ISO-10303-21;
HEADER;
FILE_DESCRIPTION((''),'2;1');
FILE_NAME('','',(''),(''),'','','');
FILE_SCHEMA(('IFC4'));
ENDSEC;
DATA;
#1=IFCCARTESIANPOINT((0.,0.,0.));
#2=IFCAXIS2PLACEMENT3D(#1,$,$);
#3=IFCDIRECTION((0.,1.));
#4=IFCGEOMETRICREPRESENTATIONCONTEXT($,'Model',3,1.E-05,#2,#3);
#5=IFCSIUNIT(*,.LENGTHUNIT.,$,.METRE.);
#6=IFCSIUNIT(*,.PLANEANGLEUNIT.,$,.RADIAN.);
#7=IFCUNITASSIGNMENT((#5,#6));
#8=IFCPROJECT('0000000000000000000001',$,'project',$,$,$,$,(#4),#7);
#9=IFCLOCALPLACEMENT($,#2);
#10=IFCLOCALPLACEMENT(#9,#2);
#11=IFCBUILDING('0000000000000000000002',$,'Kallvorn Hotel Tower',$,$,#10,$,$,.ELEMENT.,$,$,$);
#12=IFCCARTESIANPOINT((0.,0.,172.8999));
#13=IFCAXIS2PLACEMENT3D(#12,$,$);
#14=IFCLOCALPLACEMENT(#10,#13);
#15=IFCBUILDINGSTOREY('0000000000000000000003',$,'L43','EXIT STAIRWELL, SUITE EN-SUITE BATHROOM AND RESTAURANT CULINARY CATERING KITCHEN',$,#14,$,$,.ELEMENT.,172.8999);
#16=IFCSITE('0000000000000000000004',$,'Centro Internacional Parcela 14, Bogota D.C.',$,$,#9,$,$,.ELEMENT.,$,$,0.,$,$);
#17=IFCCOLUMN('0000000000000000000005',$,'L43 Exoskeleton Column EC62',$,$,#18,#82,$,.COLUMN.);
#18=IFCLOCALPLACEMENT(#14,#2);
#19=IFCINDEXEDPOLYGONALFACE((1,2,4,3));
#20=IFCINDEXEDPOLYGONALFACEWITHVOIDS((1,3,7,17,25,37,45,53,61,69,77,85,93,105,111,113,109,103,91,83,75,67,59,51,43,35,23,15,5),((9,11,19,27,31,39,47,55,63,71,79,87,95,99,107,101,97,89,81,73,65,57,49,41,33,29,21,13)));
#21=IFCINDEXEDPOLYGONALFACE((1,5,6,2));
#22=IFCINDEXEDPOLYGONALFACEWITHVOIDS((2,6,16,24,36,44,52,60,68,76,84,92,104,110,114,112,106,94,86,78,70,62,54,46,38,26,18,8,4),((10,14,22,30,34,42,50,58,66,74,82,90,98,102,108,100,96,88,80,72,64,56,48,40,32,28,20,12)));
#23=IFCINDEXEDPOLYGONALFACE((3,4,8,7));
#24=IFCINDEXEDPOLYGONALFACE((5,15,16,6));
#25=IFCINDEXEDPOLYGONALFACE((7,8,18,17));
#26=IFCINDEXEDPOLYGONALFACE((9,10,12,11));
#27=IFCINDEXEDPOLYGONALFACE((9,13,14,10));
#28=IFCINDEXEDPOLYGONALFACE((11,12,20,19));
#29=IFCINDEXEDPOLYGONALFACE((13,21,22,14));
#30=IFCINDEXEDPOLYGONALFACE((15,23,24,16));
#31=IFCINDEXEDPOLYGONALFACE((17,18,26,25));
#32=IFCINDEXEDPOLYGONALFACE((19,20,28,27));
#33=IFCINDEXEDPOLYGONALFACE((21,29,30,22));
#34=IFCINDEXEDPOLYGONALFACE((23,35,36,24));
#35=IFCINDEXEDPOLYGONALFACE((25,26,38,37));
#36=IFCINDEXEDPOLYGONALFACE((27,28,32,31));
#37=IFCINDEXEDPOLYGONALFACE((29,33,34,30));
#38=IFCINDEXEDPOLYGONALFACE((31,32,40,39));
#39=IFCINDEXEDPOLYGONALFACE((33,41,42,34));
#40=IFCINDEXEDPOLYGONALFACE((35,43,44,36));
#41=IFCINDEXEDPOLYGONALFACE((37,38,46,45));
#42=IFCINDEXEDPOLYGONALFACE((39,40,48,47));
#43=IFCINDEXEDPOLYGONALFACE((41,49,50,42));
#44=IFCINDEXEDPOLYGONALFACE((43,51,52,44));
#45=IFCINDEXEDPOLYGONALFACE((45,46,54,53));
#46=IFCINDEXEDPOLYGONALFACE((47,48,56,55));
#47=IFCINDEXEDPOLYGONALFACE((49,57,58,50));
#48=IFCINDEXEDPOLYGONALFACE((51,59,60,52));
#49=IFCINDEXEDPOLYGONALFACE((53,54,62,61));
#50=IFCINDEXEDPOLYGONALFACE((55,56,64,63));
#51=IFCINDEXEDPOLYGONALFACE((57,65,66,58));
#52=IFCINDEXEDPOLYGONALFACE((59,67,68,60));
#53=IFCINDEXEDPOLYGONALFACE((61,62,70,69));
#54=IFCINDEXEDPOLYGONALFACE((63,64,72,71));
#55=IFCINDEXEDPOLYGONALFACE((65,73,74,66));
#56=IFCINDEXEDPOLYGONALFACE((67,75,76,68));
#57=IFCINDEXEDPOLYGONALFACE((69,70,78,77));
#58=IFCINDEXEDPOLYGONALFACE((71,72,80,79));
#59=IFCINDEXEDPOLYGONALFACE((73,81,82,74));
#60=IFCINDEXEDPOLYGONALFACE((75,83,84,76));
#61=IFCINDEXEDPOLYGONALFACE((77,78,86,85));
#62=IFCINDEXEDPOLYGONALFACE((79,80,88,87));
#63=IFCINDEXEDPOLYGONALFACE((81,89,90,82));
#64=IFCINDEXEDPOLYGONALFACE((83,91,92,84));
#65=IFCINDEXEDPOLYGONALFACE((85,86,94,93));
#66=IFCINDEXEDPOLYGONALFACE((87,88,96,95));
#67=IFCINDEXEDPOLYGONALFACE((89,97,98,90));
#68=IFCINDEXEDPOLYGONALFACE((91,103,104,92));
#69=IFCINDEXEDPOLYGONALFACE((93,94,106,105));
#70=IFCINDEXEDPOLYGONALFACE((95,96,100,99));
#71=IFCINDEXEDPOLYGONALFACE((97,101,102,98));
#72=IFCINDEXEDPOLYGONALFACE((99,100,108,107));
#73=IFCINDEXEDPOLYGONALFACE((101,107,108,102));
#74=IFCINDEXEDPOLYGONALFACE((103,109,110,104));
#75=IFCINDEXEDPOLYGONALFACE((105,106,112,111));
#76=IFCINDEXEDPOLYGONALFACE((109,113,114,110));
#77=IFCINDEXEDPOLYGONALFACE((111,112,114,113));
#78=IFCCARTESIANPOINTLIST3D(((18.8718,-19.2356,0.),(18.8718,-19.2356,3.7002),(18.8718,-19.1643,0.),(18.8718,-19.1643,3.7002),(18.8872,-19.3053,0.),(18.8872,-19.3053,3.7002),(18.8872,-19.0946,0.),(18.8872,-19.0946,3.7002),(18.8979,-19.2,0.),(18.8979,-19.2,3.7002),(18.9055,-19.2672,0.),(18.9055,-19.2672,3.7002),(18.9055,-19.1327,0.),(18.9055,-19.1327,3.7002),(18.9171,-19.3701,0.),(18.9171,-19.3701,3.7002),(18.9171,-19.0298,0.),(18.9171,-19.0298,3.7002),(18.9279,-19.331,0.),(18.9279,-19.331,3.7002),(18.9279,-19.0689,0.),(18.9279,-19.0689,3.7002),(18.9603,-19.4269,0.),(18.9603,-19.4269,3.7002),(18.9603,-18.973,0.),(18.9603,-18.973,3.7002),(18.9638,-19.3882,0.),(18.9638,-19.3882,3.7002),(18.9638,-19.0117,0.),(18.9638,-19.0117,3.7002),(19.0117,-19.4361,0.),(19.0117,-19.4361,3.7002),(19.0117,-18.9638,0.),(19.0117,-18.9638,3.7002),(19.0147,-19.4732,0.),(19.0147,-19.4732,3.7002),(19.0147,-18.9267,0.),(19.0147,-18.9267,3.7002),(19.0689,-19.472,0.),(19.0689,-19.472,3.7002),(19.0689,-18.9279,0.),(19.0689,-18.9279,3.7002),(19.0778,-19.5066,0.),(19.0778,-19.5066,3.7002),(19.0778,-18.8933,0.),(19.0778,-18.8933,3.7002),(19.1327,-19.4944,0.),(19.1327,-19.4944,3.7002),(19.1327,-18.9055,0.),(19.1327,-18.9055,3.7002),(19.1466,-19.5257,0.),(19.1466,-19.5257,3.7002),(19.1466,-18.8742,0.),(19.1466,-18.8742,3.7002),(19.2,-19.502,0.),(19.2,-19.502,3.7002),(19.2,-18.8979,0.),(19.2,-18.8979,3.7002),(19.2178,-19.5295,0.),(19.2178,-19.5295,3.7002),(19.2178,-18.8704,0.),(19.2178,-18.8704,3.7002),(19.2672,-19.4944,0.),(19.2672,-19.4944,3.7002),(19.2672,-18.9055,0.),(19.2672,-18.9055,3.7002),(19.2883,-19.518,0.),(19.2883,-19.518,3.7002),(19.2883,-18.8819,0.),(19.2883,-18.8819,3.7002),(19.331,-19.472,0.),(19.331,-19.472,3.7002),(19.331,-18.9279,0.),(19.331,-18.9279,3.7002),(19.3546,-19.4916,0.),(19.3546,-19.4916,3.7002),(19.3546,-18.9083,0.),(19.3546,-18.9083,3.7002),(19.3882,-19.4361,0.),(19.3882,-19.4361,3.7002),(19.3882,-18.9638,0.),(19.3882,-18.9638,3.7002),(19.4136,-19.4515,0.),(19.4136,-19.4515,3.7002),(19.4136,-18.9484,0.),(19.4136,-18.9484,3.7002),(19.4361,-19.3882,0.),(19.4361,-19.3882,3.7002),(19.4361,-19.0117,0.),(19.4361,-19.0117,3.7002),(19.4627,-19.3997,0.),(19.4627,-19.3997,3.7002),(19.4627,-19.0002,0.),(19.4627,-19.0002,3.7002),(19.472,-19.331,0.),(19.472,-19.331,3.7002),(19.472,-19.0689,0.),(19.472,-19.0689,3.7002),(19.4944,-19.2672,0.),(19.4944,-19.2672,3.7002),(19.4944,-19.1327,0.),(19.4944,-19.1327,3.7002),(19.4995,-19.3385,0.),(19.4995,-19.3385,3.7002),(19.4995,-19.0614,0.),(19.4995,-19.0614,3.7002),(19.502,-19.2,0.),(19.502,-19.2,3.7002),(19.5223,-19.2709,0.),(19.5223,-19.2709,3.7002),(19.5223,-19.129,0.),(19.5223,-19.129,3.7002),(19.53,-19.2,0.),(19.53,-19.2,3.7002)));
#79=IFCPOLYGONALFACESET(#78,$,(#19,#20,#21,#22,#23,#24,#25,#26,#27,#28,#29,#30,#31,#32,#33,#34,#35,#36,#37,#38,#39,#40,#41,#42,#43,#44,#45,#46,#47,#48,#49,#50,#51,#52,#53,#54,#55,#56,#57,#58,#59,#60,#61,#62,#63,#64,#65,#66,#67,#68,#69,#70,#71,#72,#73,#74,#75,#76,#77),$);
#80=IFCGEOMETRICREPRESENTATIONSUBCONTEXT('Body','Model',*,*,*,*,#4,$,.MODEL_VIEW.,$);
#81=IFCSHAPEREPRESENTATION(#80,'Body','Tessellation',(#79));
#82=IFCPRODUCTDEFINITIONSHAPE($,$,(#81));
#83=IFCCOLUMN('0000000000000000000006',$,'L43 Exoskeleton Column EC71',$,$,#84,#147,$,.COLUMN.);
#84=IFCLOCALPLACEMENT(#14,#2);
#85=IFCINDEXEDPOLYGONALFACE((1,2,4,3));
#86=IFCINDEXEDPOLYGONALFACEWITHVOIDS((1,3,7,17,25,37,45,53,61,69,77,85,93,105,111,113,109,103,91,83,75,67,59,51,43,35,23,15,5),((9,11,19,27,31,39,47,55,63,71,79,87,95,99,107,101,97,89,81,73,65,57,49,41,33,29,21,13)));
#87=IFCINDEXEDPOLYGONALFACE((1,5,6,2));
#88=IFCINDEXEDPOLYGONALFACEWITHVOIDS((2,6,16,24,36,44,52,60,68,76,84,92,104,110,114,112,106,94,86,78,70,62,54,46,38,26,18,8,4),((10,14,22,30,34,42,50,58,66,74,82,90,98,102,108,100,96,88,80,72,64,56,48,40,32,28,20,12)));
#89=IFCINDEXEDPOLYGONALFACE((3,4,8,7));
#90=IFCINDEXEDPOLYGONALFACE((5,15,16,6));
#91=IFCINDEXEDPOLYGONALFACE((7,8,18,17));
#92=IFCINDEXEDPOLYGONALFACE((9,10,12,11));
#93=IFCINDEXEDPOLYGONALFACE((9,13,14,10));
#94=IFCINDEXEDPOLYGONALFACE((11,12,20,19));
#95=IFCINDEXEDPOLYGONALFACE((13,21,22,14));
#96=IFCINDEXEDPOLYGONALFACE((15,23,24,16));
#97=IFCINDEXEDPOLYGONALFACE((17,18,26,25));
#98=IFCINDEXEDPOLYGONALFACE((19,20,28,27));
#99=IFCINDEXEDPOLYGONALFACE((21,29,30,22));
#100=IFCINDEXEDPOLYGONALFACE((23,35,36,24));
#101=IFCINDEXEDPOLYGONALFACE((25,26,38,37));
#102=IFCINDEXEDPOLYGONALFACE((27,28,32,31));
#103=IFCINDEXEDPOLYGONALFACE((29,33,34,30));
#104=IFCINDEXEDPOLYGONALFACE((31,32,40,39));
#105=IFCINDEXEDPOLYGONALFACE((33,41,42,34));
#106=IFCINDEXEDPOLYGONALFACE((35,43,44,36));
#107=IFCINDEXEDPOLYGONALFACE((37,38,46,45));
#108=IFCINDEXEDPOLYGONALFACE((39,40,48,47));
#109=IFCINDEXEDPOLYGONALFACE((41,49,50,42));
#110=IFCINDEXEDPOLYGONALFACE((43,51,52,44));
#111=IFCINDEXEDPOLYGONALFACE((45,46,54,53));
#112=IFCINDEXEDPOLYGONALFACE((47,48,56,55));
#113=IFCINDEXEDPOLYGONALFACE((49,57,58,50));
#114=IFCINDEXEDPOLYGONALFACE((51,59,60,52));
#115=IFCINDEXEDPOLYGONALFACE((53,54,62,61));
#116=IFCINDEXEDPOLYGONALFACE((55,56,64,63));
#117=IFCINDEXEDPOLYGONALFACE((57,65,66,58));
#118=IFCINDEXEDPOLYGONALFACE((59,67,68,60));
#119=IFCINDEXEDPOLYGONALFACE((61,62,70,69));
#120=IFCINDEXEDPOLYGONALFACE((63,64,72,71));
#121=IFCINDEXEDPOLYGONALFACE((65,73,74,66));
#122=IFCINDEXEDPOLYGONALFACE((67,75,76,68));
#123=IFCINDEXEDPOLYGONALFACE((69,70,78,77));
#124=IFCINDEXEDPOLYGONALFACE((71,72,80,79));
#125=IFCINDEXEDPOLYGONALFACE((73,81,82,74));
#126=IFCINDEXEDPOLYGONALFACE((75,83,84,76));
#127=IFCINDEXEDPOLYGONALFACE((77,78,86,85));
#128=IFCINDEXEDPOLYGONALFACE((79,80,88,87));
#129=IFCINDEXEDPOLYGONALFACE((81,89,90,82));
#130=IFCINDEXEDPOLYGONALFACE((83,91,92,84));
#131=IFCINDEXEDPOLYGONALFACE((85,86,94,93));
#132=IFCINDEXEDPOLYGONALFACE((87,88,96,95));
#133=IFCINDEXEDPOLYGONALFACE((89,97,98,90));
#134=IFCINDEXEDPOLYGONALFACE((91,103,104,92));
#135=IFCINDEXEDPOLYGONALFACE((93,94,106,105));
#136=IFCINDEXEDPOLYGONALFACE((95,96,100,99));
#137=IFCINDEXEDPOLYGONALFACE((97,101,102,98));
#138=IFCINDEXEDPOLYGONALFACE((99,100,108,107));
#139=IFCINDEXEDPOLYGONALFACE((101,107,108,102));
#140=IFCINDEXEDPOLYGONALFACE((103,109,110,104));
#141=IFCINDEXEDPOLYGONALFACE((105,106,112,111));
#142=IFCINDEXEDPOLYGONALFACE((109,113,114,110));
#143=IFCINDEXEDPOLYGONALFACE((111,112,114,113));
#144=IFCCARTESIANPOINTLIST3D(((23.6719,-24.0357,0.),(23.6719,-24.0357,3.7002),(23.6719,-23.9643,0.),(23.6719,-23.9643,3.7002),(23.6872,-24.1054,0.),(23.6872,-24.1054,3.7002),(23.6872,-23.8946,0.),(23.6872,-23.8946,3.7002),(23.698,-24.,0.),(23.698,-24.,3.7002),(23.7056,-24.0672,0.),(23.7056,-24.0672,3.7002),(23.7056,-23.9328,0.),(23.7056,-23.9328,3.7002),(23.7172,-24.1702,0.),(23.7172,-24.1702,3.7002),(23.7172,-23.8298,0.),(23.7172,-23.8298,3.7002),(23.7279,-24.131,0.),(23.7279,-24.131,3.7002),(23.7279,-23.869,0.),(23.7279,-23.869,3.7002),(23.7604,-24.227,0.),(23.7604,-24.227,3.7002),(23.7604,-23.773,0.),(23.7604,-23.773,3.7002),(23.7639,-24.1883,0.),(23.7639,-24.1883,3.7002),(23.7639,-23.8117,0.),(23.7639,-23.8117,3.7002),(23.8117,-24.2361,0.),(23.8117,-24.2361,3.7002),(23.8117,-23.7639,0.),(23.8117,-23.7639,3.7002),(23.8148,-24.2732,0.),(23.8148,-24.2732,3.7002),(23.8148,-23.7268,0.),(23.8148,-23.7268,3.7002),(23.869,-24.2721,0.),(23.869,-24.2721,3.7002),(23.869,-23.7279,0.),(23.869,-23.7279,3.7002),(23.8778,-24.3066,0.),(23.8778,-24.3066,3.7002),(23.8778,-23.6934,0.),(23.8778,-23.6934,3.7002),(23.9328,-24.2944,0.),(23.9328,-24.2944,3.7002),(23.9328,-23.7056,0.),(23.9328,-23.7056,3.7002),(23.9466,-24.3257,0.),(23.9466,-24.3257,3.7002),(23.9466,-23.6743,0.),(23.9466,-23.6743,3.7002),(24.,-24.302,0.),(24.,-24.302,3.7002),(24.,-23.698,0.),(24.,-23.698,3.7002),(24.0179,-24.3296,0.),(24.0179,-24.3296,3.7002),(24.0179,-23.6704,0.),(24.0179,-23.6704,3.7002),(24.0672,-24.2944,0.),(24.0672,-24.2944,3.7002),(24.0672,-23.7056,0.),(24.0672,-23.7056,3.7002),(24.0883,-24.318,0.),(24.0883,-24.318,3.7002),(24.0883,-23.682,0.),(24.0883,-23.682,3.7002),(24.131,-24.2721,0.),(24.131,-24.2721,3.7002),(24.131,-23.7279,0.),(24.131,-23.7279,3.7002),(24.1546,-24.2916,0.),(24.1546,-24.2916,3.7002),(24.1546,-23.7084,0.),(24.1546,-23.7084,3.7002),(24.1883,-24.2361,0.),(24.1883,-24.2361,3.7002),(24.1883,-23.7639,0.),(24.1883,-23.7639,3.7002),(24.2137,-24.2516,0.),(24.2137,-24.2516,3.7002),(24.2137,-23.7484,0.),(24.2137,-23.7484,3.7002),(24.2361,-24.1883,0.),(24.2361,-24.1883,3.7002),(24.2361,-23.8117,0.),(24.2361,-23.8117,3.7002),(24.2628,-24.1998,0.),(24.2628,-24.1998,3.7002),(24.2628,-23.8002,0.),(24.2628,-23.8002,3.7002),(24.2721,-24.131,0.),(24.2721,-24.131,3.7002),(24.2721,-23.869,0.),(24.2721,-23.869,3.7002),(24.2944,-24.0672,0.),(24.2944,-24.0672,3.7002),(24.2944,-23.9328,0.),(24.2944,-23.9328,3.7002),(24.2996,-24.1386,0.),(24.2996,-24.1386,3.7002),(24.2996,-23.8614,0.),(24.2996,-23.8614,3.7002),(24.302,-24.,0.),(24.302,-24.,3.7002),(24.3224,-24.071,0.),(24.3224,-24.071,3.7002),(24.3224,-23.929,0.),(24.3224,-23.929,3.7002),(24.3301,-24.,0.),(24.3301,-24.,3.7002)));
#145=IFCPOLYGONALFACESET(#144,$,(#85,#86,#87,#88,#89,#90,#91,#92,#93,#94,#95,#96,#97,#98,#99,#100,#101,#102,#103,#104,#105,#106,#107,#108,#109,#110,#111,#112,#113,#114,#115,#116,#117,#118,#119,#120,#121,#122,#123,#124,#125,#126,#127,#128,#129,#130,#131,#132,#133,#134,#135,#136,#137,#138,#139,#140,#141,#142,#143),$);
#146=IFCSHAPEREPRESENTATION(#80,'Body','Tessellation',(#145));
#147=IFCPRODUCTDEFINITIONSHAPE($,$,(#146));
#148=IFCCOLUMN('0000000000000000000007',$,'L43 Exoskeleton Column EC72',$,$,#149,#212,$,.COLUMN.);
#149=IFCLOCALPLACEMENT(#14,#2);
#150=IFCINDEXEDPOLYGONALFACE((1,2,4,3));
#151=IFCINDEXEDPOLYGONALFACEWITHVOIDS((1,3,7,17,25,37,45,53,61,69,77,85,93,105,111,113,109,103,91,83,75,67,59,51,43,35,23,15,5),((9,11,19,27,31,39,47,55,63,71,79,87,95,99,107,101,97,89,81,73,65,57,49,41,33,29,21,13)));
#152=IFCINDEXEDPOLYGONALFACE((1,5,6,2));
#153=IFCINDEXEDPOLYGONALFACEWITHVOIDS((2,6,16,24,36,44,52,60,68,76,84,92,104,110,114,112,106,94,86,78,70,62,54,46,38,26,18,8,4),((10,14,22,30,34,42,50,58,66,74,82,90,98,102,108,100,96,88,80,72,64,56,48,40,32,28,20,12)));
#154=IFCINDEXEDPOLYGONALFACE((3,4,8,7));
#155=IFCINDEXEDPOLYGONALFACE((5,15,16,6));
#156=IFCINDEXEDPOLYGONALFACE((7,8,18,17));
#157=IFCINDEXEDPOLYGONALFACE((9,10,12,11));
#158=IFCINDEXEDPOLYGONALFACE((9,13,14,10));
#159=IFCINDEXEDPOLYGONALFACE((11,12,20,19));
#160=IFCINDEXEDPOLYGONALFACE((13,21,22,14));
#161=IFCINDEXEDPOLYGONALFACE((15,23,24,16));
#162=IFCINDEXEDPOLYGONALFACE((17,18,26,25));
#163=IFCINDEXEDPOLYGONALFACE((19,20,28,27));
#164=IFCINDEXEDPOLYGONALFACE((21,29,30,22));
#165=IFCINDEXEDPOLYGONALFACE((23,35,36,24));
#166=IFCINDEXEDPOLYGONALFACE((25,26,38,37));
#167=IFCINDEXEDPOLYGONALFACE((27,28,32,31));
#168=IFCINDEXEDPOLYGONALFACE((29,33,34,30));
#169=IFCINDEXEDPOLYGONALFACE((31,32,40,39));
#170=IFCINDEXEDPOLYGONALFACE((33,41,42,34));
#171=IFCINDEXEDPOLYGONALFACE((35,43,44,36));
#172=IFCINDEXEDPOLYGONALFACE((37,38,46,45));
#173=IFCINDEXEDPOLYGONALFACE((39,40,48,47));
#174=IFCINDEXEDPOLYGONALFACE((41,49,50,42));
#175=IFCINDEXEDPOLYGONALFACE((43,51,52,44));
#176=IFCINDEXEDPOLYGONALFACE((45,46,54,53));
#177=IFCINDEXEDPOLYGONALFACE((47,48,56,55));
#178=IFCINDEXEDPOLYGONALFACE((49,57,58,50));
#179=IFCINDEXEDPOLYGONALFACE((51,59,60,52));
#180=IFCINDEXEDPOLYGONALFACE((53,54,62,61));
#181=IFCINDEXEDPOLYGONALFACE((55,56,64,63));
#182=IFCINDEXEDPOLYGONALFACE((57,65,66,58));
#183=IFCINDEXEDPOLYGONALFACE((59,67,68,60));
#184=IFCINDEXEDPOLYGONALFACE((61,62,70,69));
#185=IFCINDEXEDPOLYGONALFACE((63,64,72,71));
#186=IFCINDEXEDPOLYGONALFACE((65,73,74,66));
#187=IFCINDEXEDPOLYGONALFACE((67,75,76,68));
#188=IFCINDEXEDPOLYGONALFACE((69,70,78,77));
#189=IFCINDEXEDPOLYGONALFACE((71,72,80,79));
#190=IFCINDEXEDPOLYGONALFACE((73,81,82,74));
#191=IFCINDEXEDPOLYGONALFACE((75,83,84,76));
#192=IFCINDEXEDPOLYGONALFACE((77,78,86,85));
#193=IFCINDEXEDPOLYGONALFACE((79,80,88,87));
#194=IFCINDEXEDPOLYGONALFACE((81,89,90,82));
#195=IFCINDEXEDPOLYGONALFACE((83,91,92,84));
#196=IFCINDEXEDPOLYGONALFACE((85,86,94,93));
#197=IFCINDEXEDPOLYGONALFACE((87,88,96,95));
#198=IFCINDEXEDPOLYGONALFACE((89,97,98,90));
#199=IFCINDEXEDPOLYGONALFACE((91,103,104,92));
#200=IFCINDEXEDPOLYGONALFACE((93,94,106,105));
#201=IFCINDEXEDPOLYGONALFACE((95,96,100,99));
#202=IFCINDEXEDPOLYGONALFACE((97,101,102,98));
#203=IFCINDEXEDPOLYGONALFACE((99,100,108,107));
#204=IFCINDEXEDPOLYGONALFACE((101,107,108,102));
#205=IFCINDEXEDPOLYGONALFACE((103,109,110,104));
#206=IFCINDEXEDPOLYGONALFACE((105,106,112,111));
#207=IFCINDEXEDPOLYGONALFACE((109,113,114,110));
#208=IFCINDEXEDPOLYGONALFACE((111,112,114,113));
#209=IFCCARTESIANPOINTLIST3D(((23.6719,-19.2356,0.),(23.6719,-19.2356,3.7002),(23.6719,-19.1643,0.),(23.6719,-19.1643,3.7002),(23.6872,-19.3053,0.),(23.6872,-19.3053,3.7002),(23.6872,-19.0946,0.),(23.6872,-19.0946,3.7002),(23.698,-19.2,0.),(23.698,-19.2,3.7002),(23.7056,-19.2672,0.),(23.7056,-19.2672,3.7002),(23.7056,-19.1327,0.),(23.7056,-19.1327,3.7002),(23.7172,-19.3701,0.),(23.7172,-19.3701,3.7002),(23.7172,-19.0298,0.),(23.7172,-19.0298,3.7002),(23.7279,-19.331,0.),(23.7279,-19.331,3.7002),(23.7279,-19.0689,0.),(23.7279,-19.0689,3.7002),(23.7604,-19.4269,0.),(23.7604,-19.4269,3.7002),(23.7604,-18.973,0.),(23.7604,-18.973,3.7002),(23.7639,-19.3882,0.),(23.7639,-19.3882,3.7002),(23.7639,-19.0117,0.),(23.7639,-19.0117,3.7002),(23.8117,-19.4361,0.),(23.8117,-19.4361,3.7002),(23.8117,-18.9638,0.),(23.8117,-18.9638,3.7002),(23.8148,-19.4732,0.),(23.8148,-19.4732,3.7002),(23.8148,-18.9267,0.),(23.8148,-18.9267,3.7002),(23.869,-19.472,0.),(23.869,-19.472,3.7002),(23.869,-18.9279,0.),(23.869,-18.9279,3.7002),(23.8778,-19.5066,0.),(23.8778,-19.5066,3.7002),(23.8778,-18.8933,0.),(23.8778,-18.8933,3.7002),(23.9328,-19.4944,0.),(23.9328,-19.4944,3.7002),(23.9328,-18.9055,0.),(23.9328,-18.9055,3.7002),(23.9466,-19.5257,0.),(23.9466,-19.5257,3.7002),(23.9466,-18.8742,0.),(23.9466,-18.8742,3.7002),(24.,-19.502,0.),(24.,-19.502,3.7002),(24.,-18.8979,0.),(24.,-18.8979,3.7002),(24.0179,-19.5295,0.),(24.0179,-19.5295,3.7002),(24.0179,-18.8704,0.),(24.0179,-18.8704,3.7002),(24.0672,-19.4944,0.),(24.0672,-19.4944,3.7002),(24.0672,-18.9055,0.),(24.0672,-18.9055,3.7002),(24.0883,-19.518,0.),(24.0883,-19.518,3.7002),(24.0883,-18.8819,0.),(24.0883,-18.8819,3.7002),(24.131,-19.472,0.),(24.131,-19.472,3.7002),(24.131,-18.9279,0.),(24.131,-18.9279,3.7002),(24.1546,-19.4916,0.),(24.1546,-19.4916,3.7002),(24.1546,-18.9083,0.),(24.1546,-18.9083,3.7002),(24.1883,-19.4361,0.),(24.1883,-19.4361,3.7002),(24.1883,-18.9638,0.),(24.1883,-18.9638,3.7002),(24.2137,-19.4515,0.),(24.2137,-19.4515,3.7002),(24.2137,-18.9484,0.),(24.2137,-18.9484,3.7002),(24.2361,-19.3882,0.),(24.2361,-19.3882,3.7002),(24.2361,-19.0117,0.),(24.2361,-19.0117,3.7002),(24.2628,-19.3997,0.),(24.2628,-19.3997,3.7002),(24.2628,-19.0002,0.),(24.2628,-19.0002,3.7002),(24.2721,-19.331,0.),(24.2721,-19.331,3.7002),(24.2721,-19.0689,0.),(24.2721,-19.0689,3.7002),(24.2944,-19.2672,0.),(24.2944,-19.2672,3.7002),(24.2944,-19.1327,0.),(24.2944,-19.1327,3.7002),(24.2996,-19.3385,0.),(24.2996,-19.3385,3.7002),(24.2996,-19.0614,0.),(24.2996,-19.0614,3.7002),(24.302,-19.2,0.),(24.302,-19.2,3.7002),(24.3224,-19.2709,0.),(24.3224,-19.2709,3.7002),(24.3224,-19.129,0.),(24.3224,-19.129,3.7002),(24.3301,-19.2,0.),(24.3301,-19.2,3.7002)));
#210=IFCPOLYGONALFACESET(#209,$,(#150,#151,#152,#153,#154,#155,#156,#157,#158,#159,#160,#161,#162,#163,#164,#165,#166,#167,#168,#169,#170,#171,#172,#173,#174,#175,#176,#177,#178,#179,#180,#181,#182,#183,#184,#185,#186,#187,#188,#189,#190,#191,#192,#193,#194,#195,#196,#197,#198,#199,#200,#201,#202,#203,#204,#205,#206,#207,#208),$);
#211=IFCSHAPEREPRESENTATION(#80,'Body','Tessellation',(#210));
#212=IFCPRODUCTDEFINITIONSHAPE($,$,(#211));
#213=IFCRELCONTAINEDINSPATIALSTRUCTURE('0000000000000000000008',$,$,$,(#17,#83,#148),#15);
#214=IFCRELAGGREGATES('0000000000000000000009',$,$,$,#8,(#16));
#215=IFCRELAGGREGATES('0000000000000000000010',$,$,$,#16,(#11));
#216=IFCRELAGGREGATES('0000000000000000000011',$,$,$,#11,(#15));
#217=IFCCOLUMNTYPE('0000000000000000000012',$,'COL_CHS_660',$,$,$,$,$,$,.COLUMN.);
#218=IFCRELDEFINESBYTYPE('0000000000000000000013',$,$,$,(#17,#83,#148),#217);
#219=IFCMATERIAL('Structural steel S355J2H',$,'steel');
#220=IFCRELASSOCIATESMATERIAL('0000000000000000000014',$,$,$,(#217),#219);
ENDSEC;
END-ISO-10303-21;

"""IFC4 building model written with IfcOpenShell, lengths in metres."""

from ifc_helpers import new_model, si_unit, direction, frame, origin, origin_2d, place, context, subcontext, project, spatial, hollow_circle, extrude, material, material_profile, profile_set, type_object, element, save


model = new_model("IFC4")

# Units and contexts
model_context = context("Model", 3, precision=1e-05, world=origin(), true_north=direction((0.0, 1.0)))
body_context = subcontext(model_context, "Body", "Model", "MODEL_VIEW")
ifc_project = project(units=[si_unit("LENGTHUNIT", "METRE"), si_unit("PLANEANGLEUNIT", "RADIAN")], contexts=[model_context])

# Site, building, storey
site_placement = place(None, origin())
site = spatial("IfcSite", under=ifc_project, at=site_placement, Name="Centro Internacional Parcela 14, Bogota D.C.", CompositionType="ELEMENT", RefElevation=0.0)
building_placement = place(site_placement, origin())
building = spatial("IfcBuilding", under=site, at=building_placement, Name="Kallvorn Hotel Tower", CompositionType="ELEMENT")
storey_placement = place(building_placement, frame((0.0, 0.0, 172.8999)))
storey = spatial("IfcBuildingStorey", under=building, at=storey_placement, Name="L43", Description="EXIT STAIRWELL, SUITE EN-SUITE BATHROOM AND RESTAURANT CULINARY CATERING KITCHEN", CompositionType="ELEMENT", Elevation=172.8999)

# Columns
ifc_material_1 = material(Name="Structural steel S355J2H", Category="steel")
ifc_material_profile_1 = material_profile(ifc_material_1, hollow_circle(Radius=0.3301, WallThickness=0.0281, at=origin_2d()), Name="CHS 660x28")
ifc_profile_set_1 = profile_set([ifc_material_profile_1], Name="Structural steel S355J2H")
column_type = type_object("IfcColumnType", Name="COL_CHS_660", PredefinedType="COLUMN", material=ifc_profile_set_1)
for number, where, z_axis, x_axis, name in (
    (1, (19.2, -19.2, 0.0), (0.0, 0.0, 1.0), (1.0, 0.0, 0.0), "L43 Exoskeleton Column EC62"),
    (2, (24.0, -24.0, 0.0), (0.0, 0.0, 1.0), (1.0, 0.0, 0.0), "L43 Exoskeleton Column EC71"),
    (3, (24.0, -19.2, 0.0), (0.0, 0.0, 1.0), (1.0, 0.0, 0.0), "L43 Exoskeleton Column EC72"),
):
    element("IfcColumn", number, at=place(storey_placement, frame(where, z_axis=z_axis, x_axis=x_axis)), inside=storey, type_object=column_type, Name=name, PredefinedType="COLUMN", context=body_context, shape_type="SweptSolid", body=[
        extrude(hollow_circle(Radius=0.3301, WallThickness=0.0281, at=origin_2d()), origin(), (0.0, 0.0, 1.0), 3.7002),
    ])

save(model, "model.ifc")
